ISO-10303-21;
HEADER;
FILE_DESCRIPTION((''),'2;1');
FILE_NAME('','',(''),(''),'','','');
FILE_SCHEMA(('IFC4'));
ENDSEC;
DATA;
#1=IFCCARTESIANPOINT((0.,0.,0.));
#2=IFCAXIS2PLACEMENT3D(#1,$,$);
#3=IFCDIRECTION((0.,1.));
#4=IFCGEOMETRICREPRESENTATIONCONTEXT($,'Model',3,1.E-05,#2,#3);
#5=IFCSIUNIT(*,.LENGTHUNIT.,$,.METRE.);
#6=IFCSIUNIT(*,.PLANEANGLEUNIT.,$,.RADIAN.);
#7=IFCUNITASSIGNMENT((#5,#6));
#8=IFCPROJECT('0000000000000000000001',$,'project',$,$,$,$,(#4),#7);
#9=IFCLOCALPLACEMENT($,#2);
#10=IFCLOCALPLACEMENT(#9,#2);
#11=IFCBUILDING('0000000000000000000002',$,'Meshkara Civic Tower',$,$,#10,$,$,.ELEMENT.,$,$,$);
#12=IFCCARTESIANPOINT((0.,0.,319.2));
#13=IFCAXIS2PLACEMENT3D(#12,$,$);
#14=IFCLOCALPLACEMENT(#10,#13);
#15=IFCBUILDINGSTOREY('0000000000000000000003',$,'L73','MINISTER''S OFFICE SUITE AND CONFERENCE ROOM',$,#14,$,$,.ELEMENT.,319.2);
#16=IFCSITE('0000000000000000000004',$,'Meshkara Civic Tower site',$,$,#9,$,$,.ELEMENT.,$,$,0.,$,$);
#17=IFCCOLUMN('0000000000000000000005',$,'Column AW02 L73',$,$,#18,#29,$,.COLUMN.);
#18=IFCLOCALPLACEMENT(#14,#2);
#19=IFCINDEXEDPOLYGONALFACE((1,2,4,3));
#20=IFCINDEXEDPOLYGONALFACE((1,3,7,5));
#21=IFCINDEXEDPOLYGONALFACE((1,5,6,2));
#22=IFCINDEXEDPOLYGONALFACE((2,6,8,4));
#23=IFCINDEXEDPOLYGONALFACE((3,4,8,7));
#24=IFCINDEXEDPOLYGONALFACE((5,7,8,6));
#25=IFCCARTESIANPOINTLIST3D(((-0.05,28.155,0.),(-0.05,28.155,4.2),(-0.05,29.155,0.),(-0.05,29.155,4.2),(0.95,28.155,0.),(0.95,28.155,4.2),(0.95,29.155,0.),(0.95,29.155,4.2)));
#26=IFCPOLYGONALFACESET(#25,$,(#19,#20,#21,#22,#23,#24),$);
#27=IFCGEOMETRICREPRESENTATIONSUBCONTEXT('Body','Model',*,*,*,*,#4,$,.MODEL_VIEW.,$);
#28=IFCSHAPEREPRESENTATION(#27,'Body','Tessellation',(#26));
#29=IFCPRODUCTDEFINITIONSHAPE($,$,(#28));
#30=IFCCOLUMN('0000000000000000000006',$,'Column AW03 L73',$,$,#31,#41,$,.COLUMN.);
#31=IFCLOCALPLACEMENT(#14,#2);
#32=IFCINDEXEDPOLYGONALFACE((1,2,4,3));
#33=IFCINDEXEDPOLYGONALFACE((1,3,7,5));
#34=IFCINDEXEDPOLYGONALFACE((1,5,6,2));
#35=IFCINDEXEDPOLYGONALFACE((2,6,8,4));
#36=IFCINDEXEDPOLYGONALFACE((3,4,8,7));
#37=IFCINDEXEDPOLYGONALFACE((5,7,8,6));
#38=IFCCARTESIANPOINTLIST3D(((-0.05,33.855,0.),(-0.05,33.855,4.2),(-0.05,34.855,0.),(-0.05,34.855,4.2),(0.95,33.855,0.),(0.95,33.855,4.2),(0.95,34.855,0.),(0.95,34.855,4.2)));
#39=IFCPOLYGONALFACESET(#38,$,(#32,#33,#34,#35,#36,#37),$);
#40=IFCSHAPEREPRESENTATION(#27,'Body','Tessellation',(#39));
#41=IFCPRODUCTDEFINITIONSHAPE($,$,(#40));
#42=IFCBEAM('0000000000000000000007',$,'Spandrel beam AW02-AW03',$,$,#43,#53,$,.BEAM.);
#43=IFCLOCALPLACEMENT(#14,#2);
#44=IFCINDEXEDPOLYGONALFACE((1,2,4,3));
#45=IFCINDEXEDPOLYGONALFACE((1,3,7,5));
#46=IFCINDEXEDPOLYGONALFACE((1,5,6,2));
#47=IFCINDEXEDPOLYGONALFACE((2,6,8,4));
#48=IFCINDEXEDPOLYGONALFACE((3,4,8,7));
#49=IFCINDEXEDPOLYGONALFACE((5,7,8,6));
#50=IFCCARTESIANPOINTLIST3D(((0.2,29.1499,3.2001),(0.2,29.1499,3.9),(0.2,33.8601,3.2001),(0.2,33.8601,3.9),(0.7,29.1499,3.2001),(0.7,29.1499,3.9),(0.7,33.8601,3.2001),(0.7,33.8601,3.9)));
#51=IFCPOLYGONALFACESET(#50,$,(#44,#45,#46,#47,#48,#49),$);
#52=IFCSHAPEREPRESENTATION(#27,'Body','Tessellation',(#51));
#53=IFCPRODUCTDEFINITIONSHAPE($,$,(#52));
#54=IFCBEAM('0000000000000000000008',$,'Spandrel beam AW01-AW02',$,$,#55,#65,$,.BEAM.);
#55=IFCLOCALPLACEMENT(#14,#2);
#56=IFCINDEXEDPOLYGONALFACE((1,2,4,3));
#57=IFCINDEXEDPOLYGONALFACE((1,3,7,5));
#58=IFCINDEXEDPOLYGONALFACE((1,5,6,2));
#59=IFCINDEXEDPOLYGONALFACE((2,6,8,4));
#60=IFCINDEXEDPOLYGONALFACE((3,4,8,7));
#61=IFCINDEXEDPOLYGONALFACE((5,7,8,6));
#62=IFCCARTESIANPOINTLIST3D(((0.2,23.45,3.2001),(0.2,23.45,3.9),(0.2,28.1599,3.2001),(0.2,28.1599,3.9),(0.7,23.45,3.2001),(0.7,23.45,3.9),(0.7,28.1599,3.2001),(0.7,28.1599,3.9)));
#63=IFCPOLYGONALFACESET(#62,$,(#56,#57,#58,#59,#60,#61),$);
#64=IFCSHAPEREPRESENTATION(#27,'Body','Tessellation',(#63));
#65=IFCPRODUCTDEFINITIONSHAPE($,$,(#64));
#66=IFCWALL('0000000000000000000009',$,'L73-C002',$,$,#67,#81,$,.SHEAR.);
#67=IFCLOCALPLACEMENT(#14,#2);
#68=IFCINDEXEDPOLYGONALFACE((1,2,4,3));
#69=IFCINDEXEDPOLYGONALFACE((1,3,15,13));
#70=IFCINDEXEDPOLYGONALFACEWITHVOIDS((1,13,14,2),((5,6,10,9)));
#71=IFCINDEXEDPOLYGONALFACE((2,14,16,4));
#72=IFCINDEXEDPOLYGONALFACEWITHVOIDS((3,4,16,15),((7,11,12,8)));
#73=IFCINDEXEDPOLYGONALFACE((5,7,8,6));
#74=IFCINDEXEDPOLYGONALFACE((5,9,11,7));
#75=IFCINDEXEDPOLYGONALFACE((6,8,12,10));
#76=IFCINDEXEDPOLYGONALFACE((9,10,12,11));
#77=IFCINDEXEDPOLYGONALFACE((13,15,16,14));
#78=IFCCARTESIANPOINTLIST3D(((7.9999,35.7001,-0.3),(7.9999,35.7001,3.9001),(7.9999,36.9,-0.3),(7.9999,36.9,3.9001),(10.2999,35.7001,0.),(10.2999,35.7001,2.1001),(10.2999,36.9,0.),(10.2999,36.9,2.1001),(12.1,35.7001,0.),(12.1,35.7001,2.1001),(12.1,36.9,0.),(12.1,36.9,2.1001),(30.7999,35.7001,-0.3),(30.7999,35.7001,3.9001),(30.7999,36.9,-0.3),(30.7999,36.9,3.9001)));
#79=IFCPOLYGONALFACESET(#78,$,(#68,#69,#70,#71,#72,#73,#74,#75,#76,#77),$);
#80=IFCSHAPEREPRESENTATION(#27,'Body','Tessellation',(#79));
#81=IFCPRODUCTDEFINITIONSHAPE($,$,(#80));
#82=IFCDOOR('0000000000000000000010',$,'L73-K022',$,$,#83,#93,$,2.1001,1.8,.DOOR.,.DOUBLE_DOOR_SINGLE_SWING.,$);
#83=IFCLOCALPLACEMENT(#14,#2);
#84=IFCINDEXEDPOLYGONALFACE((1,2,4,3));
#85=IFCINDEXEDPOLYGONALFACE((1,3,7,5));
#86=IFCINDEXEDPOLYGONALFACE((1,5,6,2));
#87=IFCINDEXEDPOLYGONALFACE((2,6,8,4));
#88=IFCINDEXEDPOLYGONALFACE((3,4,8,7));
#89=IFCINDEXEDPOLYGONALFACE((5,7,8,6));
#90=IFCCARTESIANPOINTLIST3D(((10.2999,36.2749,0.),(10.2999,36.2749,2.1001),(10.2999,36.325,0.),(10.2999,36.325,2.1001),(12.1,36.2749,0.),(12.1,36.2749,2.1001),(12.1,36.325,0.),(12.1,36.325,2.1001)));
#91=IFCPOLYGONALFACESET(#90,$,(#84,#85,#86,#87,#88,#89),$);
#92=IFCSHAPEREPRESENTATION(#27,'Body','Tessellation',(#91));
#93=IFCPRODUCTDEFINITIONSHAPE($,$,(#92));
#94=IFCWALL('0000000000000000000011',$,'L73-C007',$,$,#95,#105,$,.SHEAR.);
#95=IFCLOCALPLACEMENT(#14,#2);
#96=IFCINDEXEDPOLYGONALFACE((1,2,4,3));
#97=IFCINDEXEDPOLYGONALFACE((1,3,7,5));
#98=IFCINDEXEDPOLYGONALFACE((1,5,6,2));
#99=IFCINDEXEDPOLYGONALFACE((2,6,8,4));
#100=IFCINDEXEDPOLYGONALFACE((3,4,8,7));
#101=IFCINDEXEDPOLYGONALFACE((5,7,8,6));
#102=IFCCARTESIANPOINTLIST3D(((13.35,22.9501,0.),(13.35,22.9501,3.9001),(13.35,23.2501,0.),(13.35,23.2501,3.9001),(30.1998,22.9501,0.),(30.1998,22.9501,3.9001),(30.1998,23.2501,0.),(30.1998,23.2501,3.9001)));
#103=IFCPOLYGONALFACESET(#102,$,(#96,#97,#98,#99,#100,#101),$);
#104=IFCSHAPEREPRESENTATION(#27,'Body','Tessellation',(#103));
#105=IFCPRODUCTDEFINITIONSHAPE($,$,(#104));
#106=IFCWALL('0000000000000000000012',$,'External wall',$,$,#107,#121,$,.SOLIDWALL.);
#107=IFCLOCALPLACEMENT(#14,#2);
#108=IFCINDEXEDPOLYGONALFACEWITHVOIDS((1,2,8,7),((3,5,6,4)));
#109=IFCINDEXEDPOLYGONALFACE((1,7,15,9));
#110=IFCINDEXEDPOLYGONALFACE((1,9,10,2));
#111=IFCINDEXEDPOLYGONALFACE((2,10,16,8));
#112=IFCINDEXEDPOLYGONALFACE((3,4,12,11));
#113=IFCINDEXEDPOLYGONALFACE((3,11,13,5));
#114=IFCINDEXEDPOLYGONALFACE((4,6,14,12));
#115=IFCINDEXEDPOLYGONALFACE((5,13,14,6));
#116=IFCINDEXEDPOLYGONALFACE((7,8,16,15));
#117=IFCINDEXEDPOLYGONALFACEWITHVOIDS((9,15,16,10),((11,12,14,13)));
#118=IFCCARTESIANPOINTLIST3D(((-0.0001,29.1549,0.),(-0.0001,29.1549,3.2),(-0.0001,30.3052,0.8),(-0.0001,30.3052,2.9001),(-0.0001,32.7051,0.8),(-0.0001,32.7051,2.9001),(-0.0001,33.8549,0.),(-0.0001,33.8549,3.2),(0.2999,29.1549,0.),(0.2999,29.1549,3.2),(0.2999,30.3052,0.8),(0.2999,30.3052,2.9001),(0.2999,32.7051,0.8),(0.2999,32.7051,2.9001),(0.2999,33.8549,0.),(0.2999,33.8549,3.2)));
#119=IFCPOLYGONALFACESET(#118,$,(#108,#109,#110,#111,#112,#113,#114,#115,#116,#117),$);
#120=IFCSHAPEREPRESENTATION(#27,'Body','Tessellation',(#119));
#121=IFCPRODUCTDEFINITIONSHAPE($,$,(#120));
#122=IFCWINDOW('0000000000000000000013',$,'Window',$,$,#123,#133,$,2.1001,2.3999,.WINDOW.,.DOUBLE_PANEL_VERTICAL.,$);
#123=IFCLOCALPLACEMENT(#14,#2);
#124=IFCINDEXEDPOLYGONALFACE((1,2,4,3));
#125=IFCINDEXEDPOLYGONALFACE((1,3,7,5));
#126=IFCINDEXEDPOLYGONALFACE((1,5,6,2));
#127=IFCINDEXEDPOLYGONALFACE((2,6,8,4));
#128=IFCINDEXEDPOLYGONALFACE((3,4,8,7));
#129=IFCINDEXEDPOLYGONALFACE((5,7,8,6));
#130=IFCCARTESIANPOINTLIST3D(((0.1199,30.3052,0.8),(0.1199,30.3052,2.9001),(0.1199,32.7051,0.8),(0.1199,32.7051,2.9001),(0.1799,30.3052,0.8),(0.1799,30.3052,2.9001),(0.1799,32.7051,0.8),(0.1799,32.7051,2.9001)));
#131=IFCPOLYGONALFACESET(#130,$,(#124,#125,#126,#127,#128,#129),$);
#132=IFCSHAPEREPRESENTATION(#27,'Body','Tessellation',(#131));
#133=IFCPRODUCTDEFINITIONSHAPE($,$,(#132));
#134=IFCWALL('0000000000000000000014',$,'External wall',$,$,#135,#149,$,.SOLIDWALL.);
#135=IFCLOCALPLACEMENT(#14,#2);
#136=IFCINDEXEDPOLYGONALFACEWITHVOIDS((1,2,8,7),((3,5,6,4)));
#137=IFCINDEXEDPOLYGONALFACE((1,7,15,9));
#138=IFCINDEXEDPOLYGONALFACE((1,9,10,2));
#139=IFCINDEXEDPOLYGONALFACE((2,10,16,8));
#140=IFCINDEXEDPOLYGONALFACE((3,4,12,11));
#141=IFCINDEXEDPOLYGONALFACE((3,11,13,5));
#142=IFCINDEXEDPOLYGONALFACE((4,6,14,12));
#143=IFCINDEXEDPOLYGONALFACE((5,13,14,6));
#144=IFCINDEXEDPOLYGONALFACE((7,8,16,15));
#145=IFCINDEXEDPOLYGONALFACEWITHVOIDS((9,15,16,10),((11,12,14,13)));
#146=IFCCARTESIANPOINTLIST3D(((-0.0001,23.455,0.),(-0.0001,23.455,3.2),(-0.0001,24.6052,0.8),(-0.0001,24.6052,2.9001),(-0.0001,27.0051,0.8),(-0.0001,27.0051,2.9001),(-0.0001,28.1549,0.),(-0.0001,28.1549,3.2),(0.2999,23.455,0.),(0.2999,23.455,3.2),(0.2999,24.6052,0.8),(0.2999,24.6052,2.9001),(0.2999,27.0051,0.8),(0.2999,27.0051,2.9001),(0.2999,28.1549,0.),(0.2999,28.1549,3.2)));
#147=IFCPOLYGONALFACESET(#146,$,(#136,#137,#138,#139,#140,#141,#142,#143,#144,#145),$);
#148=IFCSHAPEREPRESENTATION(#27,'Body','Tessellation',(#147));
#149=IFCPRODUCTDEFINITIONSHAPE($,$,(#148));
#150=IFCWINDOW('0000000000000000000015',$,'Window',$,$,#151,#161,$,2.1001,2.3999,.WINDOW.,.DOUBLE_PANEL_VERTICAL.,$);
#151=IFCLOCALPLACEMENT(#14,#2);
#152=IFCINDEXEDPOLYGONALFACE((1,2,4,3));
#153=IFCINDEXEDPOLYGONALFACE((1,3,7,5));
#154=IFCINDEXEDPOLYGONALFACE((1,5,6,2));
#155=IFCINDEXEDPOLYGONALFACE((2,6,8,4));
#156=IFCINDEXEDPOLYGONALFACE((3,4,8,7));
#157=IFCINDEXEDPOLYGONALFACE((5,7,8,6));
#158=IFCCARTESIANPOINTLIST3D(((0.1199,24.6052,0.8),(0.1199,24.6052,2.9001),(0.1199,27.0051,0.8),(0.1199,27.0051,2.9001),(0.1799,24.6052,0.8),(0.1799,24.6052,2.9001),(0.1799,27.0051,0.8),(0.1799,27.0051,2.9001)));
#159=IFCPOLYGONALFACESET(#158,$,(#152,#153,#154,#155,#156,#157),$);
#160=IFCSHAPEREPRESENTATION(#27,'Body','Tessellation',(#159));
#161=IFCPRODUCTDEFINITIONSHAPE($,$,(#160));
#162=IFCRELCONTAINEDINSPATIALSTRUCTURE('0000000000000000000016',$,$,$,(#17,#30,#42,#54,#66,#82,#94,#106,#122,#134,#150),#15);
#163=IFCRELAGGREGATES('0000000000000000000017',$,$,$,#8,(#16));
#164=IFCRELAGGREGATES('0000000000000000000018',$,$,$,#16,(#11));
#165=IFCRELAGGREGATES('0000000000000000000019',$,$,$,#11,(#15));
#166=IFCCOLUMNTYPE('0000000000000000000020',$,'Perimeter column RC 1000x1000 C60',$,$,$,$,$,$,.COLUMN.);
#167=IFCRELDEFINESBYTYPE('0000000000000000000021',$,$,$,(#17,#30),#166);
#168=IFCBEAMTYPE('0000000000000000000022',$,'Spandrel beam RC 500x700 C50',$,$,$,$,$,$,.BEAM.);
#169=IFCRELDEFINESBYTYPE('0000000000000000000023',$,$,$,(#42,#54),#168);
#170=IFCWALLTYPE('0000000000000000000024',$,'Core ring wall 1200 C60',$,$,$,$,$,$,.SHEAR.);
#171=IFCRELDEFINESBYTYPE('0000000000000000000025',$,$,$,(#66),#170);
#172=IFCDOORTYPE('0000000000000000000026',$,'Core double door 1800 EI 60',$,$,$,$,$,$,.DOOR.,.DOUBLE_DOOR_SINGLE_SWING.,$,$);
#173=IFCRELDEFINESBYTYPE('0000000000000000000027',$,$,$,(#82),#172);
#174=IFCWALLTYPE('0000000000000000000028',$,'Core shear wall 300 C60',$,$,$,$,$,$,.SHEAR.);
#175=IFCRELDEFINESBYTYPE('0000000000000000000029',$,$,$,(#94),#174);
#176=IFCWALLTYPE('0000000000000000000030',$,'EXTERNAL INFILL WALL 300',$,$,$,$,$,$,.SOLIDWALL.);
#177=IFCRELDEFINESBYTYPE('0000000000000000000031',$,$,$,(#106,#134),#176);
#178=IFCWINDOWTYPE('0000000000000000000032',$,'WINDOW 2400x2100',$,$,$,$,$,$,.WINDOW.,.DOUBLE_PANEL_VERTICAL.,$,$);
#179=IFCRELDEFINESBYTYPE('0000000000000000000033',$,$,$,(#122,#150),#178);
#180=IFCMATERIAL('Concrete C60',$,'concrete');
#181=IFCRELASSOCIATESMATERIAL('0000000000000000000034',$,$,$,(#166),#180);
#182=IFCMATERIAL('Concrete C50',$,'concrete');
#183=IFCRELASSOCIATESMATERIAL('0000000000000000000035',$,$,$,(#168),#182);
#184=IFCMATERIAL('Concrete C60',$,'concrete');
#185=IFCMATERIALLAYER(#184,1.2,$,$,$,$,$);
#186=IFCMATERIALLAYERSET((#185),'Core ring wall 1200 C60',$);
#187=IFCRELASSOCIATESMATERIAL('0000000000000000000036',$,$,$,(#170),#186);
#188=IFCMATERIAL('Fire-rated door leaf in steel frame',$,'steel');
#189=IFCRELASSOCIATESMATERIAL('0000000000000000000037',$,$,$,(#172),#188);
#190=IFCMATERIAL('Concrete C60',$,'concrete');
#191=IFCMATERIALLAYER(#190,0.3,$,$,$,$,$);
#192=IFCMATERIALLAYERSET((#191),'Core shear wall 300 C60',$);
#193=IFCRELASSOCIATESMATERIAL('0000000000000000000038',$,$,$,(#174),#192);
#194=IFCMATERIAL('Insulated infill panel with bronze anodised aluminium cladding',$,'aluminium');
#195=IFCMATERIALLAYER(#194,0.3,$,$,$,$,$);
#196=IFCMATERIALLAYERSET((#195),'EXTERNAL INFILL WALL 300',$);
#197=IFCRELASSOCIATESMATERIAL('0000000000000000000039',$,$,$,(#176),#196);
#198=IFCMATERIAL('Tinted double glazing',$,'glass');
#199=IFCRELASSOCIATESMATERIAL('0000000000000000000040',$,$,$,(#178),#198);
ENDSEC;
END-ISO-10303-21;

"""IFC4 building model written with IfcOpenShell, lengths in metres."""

from ifc_helpers import new_model, si_unit, direction, frame, frame_2d, origin, origin_2d, place, context, subcontext, project, spatial, rectangle, extrude, material, layer, layer_set, material_profile, profile_set, type_object, element, fill, save


model = new_model("IFC4")

# Units and contexts
model_context = context("Model", 3, precision=1e-05, world=origin(), true_north=direction((0.0, 1.0)))
body_context = subcontext(model_context, "Body", "Model", "MODEL_VIEW")
ifc_project = project(units=[si_unit("LENGTHUNIT", "METRE"), si_unit("PLANEANGLEUNIT", "RADIAN")], contexts=[model_context])

# Site, building, storey
site_placement = place(None, origin())
site = spatial("IfcSite", under=ifc_project, at=site_placement, Name="Meshkara Civic Tower site", CompositionType="ELEMENT", RefElevation=0.0)
building_placement = place(site_placement, origin())
building = spatial("IfcBuilding", under=site, at=building_placement, Name="Meshkara Civic Tower", CompositionType="ELEMENT")
storey_placement = place(building_placement, frame((0.0, 0.0, 319.2)))
storey = spatial("IfcBuildingStorey", under=building, at=storey_placement, Name="L73", Description="MINISTER'S OFFICE SUITE AND CONFERENCE ROOM", CompositionType="ELEMENT", Elevation=319.2)

# Columns
ifc_material_1 = material(Name="Concrete C60", Category="concrete")
ifc_material_profile_1 = material_profile(ifc_material_1, rectangle(XDim=1.0, YDim=1.0, at=origin_2d()))
ifc_profile_set_1 = profile_set([ifc_material_profile_1], Name="Concrete C60")
column_type = type_object("IfcColumnType", Name="Perimeter column RC 1000x1000 C60", PredefinedType="COLUMN", material=ifc_profile_set_1)
for number, where, z_axis, x_axis, name in (
    (1, (0.45, 28.655, 0.0), (0.0, 0.0, 1.0), (1.0, 0.0, 0.0), "Column AW02 L73"),
    (2, (0.45, 34.355, 0.0), (0.0, 0.0, 1.0), (1.0, 0.0, 0.0), "Column AW03 L73"),
):
    element("IfcColumn", number, at=place(storey_placement, frame(where, z_axis=z_axis, x_axis=x_axis)), inside=storey, type_object=column_type, Name=name, PredefinedType="COLUMN", context=body_context, shape_type="SweptSolid", body=[
        extrude(rectangle(XDim=1.0, YDim=1.0, at=origin_2d()), origin(), (0.0, 0.0, 1.0), 4.2),
    ])

# Beams
ifc_material_2 = material(Name="Concrete C50", Category="concrete")
ifc_material_profile_2 = material_profile(ifc_material_2, rectangle(XDim=0.5, YDim=0.7, at=origin_2d()))
ifc_profile_set_2 = profile_set([ifc_material_profile_2], Name="Concrete C50")
beam_type = type_object("IfcBeamType", Name="Spandrel beam RC 500x700 C50", PredefinedType="BEAM", material=ifc_profile_set_2)
beam_1_placement = place(storey_placement, frame((0.45, 33.8601, 3.55), z_axis=(0.0, -1.0, 0.0), x_axis=(1.0, 0.0, 0.0)))
element("IfcBeam", 3, at=beam_1_placement, inside=storey, type_object=beam_type, Name="Spandrel beam AW02-AW03", PredefinedType="BEAM", context=body_context, shape_type="SweptSolid", body=[
    extrude(rectangle(XDim=0.5, YDim=0.7, at=origin_2d()), origin(), (0.0, 0.0, 1.0), 4.7102),
])
beam_2_placement = place(storey_placement, frame((0.45, 28.1599, 3.55), z_axis=(0.0, -1.0, 0.0), x_axis=(1.0, 0.0, 0.0)))
element("IfcBeam", 4, at=beam_2_placement, inside=storey, type_object=beam_type, Name="Spandrel beam AW01-AW02", PredefinedType="BEAM", context=body_context, shape_type="SweptSolid", body=[
    extrude(rectangle(XDim=0.5, YDim=0.7, at=origin_2d()), origin(), (0.0, 0.0, 1.0), 4.71),
])

# Wall, opening, door
ifc_material_3 = material(Name="Concrete C60", Category="concrete")
ifc_layer_1 = layer(ifc_material_3, 1.2)
ifc_layer_set_1 = layer_set([ifc_layer_1], Name="Core ring wall 1200 C60")
wall_type_1 = type_object("IfcWallType", Name="Core ring wall 1200 C60", PredefinedType="SHEAR", material=ifc_layer_set_1)
wall_1_placement = place(storey_placement, frame((8.0, 36.3, -0.3), z_axis=(0.0, 0.0, 1.0), x_axis=(1.0, 0.0, 0.0)))
wall_1 = element("IfcWall", 5, at=wall_1_placement, inside=storey, type_object=wall_type_1, Name="L73-C002", PredefinedType="SHEAR", context=body_context, shape_type="SweptSolid", body=[
    extrude(rectangle(XDim=22.8, YDim=1.2, at=frame_2d((11.3999, 0.0))), origin(), (0.0, 0.0, 1.0), 4.2002),
])
opening_1_placement = place(wall_1_placement, frame((2.3, 0.0, 0.3)))
opening_1 = element("IfcOpeningElement", 6, at=opening_1_placement, cuts=wall_1, PredefinedType="OPENING", context=body_context, shape_type="SweptSolid", body=[
    extrude(rectangle(XDim=1.8, YDim=2.1001, at=frame_2d((0.8999, 1.05))), frame((0.0, 0.6099, 0.0), z_axis=(0.0, -1.0, 0.0), x_axis=(1.0, 0.0, 0.0)), (0.0, 0.0, 1.0), 1.22),
])
ifc_material_4 = material(Name="Fire-rated door leaf in steel frame", Category="steel")
door_type_1 = type_object("IfcDoorType", Name="Core double door 1800 EI 60", OperationType="DOUBLE_DOOR_SINGLE_SWING", PredefinedType="DOOR", material=ifc_material_4)
door_1_placement = place(opening_1_placement, origin())
door_1 = element("IfcDoor", 7, at=door_1_placement, inside=storey, type_object=door_type_1, Name="L73-K022", OperationType="DOUBLE_DOOR_SINGLE_SWING", OverallHeight=2.1001, OverallWidth=1.8, PredefinedType="DOOR", context=body_context, shape_type="SweptSolid", body=[
    extrude(rectangle(XDim=1.8, YDim=2.1001, at=frame_2d((0.8999, 1.05))), frame((0.0, 0.0249, 0.0), z_axis=(0.0, -1.0, 0.0), x_axis=(1.0, 0.0, 0.0)), (0.0, 0.0, 1.0), 0.05),
])
fill(opening_1, door_1)

# Wall
ifc_material_5 = material(Name="Concrete C60", Category="concrete")
ifc_layer_2 = layer(ifc_material_5, 0.3)
ifc_layer_set_2 = layer_set([ifc_layer_2], Name="Core shear wall 300 C60")
wall_type_2 = type_object("IfcWallType", Name="Core shear wall 300 C60", PredefinedType="SHEAR", material=ifc_layer_set_2)
wall_2_placement = place(storey_placement, frame((13.3501, 23.1001, 0.0), z_axis=(0.0, 0.0, 1.0), x_axis=(1.0, 0.0, 0.0)))
element("IfcWall", 8, at=wall_2_placement, inside=storey, type_object=wall_type_2, Name="L73-C007", PredefinedType="SHEAR", context=body_context, shape_type="SweptSolid", body=[
    extrude(rectangle(XDim=16.8499, YDim=0.3, at=frame_2d((8.4248, 0.0))), origin(), (0.0, 0.0, 1.0), 3.9001),
])

# Walls, openings, windows
ifc_material_6 = material(Name="Insulated infill panel with bronze anodised aluminium cladding", Category="aluminium")
ifc_layer_3 = layer(ifc_material_6, 0.3)
ifc_layer_set_3 = layer_set([ifc_layer_3], Name="EXTERNAL INFILL WALL 300")
wall_type_3 = type_object("IfcWallType", Name="EXTERNAL INFILL WALL 300", PredefinedType="SOLIDWALL", material=ifc_layer_set_3)
wall_3_placement = place(storey_placement, frame((0.1499, 33.855, 0.0), z_axis=(0.0, 0.0, 1.0), x_axis=(0.0, -1.0, 0.0)))
wall_3 = element("IfcWall", 9, at=wall_3_placement, inside=storey, type_object=wall_type_3, Name="External wall", PredefinedType="SOLIDWALL", context=body_context, shape_type="SweptSolid", body=[
    extrude(rectangle(XDim=4.7, YDim=0.3, at=frame_2d((2.3501, 0.0))), origin(), (0.0, 0.0, 1.0), 3.2),
])
opening_2_placement = place(wall_3_placement, frame((1.1499, 0.0, 0.8)))
opening_2 = element("IfcOpeningElement", 10, at=opening_2_placement, cuts=wall_3, PredefinedType="OPENING", context=body_context, shape_type="SweptSolid", body=[
    extrude(rectangle(XDim=2.3999, YDim=2.1001, at=frame_2d((1.2, 1.05))), frame((0.0, 0.1599, 0.0), z_axis=(0.0, -1.0, 0.0), x_axis=(1.0, 0.0, 0.0)), (0.0, 0.0, 1.0), 0.3201),
])
ifc_material_7 = material(Name="Tinted double glazing", Category="glass")
window_type = type_object("IfcWindowType", Name="WINDOW 2400x2100", PartitioningType="DOUBLE_PANEL_VERTICAL", PredefinedType="WINDOW", material=ifc_material_7)
window_1_placement = place(opening_2_placement, origin())
window_1 = element("IfcWindow", 11, at=window_1_placement, inside=storey, type_object=window_type, Name="Window", OverallHeight=2.1001, OverallWidth=2.3999, PartitioningType="DOUBLE_PANEL_VERTICAL", PredefinedType="WINDOW", context=body_context, shape_type="SweptSolid", body=[
    extrude(rectangle(XDim=2.3999, YDim=2.1001, at=frame_2d((1.2, 1.05))), frame((0.0, 0.03, 0.0), z_axis=(0.0, -1.0, 0.0), x_axis=(1.0, 0.0, 0.0)), (0.0, 0.0, 1.0), 0.0601),
])
fill(opening_2, window_1)
wall_4_placement = place(storey_placement, frame((0.1499, 28.155, 0.0), z_axis=(0.0, 0.0, 1.0), x_axis=(0.0, -1.0, 0.0)))
wall_4 = element("IfcWall", 12, at=wall_4_placement, inside=storey, type_object=wall_type_3, Name="External wall", PredefinedType="SOLIDWALL", context=body_context, shape_type="SweptSolid", body=[
    extrude(rectangle(XDim=4.7, YDim=0.3, at=frame_2d((2.3501, 0.0))), origin(), (0.0, 0.0, 1.0), 3.2),
])
opening_3_placement = place(wall_4_placement, frame((1.1499, 0.0, 0.8)))
opening_3 = element("IfcOpeningElement", 13, at=opening_3_placement, cuts=wall_4, PredefinedType="OPENING", context=body_context, shape_type="SweptSolid", body=[
    extrude(rectangle(XDim=2.3999, YDim=2.1001, at=frame_2d((1.2, 1.05))), frame((0.0, 0.1599, 0.0), z_axis=(0.0, -1.0, 0.0), x_axis=(1.0, 0.0, 0.0)), (0.0, 0.0, 1.0), 0.3201),
])
window_2_placement = place(opening_3_placement, origin())
window_2 = element("IfcWindow", 14, at=window_2_placement, inside=storey, type_object=window_type, Name="Window", OverallHeight=2.1001, OverallWidth=2.3999, PartitioningType="DOUBLE_PANEL_VERTICAL", PredefinedType="WINDOW", context=body_context, shape_type="SweptSolid", body=[
    extrude(rectangle(XDim=2.3999, YDim=2.1001, at=frame_2d((1.2, 1.05))), frame((0.0, 0.03, 0.0), z_axis=(0.0, -1.0, 0.0), x_axis=(1.0, 0.0, 0.0)), (0.0, 0.0, 1.0), 0.0601),
])
fill(opening_3, window_2)

save(model, "model.ifc")
